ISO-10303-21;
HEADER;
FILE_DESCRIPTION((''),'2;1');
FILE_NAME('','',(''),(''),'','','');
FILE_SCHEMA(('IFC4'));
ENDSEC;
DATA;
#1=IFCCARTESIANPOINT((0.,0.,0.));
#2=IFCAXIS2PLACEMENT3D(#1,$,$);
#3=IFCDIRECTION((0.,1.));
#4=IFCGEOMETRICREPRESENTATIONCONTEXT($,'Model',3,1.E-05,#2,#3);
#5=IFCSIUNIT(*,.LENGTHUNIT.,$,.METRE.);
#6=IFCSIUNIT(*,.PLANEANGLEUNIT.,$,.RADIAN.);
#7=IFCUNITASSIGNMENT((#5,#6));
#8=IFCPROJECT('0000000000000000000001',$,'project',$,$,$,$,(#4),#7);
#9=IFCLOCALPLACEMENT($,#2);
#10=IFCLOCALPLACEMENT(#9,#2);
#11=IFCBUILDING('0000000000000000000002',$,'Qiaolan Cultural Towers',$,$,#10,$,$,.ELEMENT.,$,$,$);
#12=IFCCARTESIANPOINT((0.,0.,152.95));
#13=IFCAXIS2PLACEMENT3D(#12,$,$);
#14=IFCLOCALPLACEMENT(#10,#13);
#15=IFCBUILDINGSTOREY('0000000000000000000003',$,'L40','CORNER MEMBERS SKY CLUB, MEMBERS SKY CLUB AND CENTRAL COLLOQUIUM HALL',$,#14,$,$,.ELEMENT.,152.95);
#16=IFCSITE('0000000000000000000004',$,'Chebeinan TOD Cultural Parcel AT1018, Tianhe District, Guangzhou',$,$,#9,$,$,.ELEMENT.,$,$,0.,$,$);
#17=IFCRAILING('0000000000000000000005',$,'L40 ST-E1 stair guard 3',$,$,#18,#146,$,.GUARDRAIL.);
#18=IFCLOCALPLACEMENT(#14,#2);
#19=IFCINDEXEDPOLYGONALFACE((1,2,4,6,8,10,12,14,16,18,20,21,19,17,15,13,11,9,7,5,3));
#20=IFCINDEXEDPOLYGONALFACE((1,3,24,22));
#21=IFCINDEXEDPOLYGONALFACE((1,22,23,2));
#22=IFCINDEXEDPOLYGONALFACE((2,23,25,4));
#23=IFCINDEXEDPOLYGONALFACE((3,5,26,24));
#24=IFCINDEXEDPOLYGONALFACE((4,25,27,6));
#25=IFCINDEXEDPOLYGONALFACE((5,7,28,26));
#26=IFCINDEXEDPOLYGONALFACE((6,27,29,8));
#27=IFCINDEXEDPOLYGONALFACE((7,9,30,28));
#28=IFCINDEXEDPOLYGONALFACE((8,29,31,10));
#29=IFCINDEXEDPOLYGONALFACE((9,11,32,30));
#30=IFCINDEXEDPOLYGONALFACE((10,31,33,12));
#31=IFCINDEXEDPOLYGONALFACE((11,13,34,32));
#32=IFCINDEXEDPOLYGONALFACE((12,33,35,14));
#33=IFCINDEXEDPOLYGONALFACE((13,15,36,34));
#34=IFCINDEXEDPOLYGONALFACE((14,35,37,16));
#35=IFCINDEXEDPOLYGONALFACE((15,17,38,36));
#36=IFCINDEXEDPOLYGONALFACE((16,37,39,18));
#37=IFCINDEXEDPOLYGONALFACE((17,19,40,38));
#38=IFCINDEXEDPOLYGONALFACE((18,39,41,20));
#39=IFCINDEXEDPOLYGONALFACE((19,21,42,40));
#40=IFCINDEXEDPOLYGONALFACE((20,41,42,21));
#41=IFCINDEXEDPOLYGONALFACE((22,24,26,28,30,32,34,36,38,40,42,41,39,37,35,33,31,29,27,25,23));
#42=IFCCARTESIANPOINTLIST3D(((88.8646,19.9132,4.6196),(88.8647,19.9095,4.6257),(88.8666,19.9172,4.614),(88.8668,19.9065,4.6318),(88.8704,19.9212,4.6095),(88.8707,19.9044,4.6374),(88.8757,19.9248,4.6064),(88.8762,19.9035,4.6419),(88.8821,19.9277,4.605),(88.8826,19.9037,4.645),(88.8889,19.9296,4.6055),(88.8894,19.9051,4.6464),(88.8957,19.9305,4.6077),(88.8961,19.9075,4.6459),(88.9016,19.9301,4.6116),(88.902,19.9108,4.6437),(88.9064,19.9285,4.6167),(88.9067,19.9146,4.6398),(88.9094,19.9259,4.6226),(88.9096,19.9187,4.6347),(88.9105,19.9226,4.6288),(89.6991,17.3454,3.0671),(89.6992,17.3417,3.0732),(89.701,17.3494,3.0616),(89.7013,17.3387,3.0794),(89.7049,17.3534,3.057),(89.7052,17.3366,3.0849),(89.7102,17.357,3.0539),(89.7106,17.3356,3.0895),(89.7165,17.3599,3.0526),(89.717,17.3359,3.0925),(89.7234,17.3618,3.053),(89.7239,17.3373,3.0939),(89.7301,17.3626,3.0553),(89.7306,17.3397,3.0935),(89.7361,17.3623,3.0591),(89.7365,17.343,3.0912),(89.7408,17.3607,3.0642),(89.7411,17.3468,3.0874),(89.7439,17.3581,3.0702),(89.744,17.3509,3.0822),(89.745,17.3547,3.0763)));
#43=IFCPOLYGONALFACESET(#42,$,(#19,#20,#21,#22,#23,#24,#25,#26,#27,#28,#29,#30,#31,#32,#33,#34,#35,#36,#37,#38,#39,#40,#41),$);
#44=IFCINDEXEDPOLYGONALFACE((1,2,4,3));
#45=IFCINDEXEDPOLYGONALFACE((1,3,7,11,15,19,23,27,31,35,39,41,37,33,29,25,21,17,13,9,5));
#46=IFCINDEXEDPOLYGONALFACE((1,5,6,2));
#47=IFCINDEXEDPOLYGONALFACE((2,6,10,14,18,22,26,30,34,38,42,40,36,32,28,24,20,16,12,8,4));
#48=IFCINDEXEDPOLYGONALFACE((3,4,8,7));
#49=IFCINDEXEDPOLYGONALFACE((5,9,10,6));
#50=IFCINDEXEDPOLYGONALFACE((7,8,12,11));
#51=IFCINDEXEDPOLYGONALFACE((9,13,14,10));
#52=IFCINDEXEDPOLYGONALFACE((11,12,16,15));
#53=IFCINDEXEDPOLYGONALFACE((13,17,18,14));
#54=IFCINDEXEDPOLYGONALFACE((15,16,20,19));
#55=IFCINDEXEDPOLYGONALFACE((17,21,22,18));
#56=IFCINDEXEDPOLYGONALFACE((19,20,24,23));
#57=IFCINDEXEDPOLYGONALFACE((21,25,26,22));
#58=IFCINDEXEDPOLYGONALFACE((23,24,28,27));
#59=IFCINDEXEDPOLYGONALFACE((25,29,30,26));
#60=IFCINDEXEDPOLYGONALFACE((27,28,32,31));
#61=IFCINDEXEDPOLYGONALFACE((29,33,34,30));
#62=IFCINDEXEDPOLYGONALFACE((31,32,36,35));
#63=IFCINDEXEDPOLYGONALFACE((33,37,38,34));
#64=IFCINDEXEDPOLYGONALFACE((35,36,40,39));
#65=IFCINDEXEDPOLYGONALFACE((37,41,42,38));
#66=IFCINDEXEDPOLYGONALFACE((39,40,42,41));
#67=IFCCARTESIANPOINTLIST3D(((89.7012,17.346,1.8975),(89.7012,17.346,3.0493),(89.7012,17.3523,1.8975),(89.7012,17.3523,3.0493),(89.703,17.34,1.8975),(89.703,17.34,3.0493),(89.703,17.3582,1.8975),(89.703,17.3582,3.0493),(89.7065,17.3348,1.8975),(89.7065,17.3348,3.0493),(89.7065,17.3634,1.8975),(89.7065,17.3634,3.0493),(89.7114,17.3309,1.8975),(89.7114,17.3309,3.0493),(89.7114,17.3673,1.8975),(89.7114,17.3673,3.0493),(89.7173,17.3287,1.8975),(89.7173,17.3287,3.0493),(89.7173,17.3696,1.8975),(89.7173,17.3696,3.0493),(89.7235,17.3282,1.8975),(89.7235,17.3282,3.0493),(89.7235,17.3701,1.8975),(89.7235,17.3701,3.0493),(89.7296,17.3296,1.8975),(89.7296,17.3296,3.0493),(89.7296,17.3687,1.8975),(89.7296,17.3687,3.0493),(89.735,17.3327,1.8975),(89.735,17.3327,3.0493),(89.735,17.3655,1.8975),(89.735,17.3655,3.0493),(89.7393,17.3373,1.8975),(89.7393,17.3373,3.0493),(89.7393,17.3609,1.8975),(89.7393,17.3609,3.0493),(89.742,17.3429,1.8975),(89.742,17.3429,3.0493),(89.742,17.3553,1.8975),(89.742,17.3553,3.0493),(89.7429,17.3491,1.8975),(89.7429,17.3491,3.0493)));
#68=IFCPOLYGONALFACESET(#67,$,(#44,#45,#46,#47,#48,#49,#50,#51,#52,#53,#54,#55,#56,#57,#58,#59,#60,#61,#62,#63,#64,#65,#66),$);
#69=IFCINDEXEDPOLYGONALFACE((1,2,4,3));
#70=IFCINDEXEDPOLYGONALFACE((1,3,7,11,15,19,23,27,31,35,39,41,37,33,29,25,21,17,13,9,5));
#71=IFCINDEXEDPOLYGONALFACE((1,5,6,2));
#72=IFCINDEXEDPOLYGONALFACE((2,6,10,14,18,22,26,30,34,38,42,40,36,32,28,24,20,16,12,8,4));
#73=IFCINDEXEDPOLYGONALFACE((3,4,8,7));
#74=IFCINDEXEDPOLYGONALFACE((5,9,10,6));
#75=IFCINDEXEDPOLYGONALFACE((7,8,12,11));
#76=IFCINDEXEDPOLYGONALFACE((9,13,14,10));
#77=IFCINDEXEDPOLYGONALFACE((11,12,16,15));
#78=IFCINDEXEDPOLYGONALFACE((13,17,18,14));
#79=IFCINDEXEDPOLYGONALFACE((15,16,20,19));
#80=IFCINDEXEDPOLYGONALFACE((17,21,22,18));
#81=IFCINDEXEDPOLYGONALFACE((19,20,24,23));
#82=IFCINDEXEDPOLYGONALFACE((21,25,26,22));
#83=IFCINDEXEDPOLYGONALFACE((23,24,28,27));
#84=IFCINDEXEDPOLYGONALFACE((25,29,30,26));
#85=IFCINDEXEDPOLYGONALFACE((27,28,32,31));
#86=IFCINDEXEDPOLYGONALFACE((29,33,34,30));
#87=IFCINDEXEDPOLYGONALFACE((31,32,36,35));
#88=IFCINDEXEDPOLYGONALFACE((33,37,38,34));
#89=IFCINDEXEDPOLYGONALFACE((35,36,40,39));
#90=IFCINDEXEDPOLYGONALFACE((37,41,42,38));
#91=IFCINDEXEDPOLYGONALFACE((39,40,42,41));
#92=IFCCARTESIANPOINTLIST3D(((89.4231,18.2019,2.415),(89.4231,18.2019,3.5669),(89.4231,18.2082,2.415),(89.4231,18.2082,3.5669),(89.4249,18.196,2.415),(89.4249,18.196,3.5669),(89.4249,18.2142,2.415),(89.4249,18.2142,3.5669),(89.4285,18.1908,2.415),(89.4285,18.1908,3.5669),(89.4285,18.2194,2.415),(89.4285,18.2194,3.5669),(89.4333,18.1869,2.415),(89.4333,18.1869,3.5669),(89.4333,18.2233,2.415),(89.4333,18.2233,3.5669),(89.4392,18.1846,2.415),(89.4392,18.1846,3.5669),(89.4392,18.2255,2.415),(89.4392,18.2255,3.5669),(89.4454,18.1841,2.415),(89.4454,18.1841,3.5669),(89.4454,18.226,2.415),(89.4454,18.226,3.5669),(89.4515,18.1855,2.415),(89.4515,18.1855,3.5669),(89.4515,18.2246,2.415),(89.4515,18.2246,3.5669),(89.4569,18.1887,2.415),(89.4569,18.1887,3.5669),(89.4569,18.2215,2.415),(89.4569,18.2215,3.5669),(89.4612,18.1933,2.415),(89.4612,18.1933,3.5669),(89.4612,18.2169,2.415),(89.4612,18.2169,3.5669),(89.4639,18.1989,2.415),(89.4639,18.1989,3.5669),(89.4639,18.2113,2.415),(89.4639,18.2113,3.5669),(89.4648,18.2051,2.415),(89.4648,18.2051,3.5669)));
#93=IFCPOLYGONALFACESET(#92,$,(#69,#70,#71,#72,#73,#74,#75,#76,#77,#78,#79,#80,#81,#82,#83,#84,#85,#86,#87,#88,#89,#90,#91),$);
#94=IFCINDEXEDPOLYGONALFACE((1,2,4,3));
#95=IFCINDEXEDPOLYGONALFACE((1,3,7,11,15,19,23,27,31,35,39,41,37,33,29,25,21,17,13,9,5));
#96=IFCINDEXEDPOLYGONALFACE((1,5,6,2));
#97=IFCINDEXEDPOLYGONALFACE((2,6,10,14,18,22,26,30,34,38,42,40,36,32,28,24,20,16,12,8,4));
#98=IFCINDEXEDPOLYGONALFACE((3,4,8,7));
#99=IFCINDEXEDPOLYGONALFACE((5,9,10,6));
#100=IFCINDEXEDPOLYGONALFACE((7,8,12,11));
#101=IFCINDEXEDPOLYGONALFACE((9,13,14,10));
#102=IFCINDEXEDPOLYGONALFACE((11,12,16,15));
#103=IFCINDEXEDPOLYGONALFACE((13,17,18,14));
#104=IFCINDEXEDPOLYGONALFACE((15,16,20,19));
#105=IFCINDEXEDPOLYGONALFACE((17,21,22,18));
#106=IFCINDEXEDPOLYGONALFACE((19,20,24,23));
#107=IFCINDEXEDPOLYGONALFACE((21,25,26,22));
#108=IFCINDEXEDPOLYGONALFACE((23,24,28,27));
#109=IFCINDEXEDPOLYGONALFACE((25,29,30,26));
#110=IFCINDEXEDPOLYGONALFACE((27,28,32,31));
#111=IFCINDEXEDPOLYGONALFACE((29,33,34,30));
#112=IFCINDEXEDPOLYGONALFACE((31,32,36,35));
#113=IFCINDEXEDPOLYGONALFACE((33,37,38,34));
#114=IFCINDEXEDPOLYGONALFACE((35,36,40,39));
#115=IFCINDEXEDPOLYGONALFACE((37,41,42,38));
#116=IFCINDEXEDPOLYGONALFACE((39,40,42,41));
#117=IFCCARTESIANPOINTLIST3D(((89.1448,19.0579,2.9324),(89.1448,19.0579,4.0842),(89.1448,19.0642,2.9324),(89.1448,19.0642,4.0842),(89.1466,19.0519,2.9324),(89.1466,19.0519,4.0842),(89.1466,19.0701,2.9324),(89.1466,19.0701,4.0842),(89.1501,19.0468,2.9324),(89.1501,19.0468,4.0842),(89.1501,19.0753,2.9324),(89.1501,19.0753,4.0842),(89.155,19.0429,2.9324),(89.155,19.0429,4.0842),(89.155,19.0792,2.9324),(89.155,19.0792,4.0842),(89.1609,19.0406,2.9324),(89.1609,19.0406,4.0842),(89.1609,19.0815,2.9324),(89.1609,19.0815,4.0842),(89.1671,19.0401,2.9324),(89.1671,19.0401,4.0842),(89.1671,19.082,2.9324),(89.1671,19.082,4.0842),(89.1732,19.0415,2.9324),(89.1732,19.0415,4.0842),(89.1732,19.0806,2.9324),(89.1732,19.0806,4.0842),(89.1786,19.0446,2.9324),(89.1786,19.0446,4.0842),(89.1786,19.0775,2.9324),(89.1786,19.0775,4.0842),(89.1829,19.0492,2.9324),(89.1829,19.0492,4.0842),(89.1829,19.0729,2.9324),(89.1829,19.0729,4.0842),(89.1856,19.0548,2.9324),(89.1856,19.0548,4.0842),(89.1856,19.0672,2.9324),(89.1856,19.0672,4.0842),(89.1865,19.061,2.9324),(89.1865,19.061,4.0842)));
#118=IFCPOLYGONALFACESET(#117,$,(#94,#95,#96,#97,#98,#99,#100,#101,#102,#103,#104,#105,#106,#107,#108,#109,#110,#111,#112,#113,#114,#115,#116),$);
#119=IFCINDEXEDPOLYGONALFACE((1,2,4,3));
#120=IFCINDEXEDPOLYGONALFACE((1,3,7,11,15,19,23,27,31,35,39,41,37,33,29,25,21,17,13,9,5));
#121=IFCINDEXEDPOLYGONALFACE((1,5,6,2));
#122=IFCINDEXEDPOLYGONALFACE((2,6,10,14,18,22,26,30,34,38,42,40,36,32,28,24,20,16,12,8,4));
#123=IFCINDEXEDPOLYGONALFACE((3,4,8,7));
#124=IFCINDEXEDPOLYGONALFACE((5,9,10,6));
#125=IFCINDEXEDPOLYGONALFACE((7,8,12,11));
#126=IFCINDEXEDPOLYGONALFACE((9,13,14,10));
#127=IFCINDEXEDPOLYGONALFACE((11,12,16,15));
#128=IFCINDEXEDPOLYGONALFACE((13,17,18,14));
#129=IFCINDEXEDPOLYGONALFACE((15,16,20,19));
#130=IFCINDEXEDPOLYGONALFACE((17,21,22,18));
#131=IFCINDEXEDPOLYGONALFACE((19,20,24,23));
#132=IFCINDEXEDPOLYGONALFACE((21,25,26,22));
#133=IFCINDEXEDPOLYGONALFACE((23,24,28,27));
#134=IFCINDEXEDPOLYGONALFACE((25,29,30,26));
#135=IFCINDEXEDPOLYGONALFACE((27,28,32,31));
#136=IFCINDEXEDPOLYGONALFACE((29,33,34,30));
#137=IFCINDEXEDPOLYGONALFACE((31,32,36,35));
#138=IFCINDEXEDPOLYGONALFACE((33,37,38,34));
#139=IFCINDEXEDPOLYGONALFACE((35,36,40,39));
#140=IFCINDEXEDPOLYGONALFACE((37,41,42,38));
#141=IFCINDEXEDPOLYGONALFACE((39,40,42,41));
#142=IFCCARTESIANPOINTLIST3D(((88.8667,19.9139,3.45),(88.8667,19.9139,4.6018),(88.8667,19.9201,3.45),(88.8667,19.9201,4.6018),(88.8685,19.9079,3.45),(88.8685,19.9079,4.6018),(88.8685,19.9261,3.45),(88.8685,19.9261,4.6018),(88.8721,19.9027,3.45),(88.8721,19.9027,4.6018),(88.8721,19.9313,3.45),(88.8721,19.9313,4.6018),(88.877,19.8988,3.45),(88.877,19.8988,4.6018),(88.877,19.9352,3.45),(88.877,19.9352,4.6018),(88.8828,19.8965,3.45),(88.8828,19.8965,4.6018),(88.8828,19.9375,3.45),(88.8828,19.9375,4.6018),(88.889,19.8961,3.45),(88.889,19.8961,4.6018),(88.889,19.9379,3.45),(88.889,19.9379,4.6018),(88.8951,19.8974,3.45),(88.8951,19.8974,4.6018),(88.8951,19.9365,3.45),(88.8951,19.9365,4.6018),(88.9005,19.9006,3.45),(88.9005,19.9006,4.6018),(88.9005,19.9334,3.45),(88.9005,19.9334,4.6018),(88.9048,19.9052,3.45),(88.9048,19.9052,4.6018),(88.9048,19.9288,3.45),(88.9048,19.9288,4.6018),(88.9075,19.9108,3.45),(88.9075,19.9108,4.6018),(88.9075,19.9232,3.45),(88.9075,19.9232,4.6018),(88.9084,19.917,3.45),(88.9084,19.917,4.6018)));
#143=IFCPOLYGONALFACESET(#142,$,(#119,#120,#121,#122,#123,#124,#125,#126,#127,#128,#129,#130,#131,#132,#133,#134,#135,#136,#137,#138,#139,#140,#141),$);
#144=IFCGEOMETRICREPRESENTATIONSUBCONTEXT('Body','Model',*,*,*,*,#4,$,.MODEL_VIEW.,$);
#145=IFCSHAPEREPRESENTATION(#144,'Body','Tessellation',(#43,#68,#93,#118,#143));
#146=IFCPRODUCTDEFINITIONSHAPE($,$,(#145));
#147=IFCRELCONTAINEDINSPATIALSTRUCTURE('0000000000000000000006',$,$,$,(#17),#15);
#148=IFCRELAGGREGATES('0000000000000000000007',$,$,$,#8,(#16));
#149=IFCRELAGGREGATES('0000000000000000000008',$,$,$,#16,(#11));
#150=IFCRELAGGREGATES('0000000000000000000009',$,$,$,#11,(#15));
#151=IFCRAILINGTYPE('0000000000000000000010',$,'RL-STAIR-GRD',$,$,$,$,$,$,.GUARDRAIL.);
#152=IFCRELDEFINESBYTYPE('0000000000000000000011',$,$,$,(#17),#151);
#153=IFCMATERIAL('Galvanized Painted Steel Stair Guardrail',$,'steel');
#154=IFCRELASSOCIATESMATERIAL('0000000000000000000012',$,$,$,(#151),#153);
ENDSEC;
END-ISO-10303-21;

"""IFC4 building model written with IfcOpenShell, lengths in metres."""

from ifc_helpers import new_model, si_unit, direction, frame, origin, origin_2d, place, context, subcontext, project, spatial, circle, extrude, material, type_object, element, save


model = new_model("IFC4")

# Units and contexts
model_context = context("Model", 3, precision=1e-05, world=origin(), true_north=direction((0.0, 1.0)))
body_context = subcontext(model_context, "Body", "Model", "MODEL_VIEW")
ifc_project = project(units=[si_unit("LENGTHUNIT", "METRE"), si_unit("PLANEANGLEUNIT", "RADIAN")], contexts=[model_context])

# Site, building, storey
site_placement = place(None, origin())
site = spatial("IfcSite", under=ifc_project, at=site_placement, Name="Chebeinan TOD Cultural Parcel AT1018, Tianhe District, Guangzhou", CompositionType="ELEMENT", RefElevation=0.0)
building_placement = place(site_placement, origin())
building = spatial("IfcBuilding", under=site, at=building_placement, Name="Qiaolan Cultural Towers", CompositionType="ELEMENT")
storey_placement = place(building_placement, frame((0.0, 0.0, 152.95)))
storey = spatial("IfcBuildingStorey", under=building, at=storey_placement, Name="L40", Description="CORNER MEMBERS SKY CLUB, MEMBERS SKY CLUB AND CENTRAL COLLOQUIUM HALL", CompositionType="ELEMENT", Elevation=152.95)

# Railing
ifc_material_1 = material(Name="Galvanized Painted Steel Stair Guardrail", Category="steel")
railing_type_1 = type_object("IfcRailingType", Name="RL-STAIR-GRD", PredefinedType="GUARDRAIL", material=ifc_material_1)
railing_1_placement = place(storey_placement, frame((89.7219, 17.3491, 1.8975)))
element("IfcRailing", 1, at=railing_1_placement, inside=storey, type_object=railing_type_1, Name="L40 ST-E1 stair guard 3", PredefinedType="GUARDRAIL", context=body_context, shape_type="SweptSolid", body=[
    extrude(circle(Radius=0.0239, at=origin_2d()), frame((0.0, 0.0, 1.1758), z_axis=(-0.267926, 0.824471, 0.498461), x_axis=(-0.951043, -0.309057, 0.0)), (0.0, 0.0, 1.0), 3.1145),
    extrude(circle(Radius=0.021, at=origin_2d()), origin(), (0.0, 0.0, 1.0), 1.1519),
    extrude(circle(Radius=0.021, at=origin_2d()), frame((-0.2781, 0.856, 0.5176)), (0.0, 0.0, 1.0), 1.1519),
    extrude(circle(Radius=0.021, at=origin_2d()), frame((-0.5564, 1.7119, 1.0349)), (0.0, 0.0, 1.0), 1.1519),
    extrude(circle(Radius=0.021, at=origin_2d()), frame((-0.8345, 2.5679, 1.5525)), (0.0, 0.0, 1.0), 1.1519),
])

save(model, "model.ifc")
